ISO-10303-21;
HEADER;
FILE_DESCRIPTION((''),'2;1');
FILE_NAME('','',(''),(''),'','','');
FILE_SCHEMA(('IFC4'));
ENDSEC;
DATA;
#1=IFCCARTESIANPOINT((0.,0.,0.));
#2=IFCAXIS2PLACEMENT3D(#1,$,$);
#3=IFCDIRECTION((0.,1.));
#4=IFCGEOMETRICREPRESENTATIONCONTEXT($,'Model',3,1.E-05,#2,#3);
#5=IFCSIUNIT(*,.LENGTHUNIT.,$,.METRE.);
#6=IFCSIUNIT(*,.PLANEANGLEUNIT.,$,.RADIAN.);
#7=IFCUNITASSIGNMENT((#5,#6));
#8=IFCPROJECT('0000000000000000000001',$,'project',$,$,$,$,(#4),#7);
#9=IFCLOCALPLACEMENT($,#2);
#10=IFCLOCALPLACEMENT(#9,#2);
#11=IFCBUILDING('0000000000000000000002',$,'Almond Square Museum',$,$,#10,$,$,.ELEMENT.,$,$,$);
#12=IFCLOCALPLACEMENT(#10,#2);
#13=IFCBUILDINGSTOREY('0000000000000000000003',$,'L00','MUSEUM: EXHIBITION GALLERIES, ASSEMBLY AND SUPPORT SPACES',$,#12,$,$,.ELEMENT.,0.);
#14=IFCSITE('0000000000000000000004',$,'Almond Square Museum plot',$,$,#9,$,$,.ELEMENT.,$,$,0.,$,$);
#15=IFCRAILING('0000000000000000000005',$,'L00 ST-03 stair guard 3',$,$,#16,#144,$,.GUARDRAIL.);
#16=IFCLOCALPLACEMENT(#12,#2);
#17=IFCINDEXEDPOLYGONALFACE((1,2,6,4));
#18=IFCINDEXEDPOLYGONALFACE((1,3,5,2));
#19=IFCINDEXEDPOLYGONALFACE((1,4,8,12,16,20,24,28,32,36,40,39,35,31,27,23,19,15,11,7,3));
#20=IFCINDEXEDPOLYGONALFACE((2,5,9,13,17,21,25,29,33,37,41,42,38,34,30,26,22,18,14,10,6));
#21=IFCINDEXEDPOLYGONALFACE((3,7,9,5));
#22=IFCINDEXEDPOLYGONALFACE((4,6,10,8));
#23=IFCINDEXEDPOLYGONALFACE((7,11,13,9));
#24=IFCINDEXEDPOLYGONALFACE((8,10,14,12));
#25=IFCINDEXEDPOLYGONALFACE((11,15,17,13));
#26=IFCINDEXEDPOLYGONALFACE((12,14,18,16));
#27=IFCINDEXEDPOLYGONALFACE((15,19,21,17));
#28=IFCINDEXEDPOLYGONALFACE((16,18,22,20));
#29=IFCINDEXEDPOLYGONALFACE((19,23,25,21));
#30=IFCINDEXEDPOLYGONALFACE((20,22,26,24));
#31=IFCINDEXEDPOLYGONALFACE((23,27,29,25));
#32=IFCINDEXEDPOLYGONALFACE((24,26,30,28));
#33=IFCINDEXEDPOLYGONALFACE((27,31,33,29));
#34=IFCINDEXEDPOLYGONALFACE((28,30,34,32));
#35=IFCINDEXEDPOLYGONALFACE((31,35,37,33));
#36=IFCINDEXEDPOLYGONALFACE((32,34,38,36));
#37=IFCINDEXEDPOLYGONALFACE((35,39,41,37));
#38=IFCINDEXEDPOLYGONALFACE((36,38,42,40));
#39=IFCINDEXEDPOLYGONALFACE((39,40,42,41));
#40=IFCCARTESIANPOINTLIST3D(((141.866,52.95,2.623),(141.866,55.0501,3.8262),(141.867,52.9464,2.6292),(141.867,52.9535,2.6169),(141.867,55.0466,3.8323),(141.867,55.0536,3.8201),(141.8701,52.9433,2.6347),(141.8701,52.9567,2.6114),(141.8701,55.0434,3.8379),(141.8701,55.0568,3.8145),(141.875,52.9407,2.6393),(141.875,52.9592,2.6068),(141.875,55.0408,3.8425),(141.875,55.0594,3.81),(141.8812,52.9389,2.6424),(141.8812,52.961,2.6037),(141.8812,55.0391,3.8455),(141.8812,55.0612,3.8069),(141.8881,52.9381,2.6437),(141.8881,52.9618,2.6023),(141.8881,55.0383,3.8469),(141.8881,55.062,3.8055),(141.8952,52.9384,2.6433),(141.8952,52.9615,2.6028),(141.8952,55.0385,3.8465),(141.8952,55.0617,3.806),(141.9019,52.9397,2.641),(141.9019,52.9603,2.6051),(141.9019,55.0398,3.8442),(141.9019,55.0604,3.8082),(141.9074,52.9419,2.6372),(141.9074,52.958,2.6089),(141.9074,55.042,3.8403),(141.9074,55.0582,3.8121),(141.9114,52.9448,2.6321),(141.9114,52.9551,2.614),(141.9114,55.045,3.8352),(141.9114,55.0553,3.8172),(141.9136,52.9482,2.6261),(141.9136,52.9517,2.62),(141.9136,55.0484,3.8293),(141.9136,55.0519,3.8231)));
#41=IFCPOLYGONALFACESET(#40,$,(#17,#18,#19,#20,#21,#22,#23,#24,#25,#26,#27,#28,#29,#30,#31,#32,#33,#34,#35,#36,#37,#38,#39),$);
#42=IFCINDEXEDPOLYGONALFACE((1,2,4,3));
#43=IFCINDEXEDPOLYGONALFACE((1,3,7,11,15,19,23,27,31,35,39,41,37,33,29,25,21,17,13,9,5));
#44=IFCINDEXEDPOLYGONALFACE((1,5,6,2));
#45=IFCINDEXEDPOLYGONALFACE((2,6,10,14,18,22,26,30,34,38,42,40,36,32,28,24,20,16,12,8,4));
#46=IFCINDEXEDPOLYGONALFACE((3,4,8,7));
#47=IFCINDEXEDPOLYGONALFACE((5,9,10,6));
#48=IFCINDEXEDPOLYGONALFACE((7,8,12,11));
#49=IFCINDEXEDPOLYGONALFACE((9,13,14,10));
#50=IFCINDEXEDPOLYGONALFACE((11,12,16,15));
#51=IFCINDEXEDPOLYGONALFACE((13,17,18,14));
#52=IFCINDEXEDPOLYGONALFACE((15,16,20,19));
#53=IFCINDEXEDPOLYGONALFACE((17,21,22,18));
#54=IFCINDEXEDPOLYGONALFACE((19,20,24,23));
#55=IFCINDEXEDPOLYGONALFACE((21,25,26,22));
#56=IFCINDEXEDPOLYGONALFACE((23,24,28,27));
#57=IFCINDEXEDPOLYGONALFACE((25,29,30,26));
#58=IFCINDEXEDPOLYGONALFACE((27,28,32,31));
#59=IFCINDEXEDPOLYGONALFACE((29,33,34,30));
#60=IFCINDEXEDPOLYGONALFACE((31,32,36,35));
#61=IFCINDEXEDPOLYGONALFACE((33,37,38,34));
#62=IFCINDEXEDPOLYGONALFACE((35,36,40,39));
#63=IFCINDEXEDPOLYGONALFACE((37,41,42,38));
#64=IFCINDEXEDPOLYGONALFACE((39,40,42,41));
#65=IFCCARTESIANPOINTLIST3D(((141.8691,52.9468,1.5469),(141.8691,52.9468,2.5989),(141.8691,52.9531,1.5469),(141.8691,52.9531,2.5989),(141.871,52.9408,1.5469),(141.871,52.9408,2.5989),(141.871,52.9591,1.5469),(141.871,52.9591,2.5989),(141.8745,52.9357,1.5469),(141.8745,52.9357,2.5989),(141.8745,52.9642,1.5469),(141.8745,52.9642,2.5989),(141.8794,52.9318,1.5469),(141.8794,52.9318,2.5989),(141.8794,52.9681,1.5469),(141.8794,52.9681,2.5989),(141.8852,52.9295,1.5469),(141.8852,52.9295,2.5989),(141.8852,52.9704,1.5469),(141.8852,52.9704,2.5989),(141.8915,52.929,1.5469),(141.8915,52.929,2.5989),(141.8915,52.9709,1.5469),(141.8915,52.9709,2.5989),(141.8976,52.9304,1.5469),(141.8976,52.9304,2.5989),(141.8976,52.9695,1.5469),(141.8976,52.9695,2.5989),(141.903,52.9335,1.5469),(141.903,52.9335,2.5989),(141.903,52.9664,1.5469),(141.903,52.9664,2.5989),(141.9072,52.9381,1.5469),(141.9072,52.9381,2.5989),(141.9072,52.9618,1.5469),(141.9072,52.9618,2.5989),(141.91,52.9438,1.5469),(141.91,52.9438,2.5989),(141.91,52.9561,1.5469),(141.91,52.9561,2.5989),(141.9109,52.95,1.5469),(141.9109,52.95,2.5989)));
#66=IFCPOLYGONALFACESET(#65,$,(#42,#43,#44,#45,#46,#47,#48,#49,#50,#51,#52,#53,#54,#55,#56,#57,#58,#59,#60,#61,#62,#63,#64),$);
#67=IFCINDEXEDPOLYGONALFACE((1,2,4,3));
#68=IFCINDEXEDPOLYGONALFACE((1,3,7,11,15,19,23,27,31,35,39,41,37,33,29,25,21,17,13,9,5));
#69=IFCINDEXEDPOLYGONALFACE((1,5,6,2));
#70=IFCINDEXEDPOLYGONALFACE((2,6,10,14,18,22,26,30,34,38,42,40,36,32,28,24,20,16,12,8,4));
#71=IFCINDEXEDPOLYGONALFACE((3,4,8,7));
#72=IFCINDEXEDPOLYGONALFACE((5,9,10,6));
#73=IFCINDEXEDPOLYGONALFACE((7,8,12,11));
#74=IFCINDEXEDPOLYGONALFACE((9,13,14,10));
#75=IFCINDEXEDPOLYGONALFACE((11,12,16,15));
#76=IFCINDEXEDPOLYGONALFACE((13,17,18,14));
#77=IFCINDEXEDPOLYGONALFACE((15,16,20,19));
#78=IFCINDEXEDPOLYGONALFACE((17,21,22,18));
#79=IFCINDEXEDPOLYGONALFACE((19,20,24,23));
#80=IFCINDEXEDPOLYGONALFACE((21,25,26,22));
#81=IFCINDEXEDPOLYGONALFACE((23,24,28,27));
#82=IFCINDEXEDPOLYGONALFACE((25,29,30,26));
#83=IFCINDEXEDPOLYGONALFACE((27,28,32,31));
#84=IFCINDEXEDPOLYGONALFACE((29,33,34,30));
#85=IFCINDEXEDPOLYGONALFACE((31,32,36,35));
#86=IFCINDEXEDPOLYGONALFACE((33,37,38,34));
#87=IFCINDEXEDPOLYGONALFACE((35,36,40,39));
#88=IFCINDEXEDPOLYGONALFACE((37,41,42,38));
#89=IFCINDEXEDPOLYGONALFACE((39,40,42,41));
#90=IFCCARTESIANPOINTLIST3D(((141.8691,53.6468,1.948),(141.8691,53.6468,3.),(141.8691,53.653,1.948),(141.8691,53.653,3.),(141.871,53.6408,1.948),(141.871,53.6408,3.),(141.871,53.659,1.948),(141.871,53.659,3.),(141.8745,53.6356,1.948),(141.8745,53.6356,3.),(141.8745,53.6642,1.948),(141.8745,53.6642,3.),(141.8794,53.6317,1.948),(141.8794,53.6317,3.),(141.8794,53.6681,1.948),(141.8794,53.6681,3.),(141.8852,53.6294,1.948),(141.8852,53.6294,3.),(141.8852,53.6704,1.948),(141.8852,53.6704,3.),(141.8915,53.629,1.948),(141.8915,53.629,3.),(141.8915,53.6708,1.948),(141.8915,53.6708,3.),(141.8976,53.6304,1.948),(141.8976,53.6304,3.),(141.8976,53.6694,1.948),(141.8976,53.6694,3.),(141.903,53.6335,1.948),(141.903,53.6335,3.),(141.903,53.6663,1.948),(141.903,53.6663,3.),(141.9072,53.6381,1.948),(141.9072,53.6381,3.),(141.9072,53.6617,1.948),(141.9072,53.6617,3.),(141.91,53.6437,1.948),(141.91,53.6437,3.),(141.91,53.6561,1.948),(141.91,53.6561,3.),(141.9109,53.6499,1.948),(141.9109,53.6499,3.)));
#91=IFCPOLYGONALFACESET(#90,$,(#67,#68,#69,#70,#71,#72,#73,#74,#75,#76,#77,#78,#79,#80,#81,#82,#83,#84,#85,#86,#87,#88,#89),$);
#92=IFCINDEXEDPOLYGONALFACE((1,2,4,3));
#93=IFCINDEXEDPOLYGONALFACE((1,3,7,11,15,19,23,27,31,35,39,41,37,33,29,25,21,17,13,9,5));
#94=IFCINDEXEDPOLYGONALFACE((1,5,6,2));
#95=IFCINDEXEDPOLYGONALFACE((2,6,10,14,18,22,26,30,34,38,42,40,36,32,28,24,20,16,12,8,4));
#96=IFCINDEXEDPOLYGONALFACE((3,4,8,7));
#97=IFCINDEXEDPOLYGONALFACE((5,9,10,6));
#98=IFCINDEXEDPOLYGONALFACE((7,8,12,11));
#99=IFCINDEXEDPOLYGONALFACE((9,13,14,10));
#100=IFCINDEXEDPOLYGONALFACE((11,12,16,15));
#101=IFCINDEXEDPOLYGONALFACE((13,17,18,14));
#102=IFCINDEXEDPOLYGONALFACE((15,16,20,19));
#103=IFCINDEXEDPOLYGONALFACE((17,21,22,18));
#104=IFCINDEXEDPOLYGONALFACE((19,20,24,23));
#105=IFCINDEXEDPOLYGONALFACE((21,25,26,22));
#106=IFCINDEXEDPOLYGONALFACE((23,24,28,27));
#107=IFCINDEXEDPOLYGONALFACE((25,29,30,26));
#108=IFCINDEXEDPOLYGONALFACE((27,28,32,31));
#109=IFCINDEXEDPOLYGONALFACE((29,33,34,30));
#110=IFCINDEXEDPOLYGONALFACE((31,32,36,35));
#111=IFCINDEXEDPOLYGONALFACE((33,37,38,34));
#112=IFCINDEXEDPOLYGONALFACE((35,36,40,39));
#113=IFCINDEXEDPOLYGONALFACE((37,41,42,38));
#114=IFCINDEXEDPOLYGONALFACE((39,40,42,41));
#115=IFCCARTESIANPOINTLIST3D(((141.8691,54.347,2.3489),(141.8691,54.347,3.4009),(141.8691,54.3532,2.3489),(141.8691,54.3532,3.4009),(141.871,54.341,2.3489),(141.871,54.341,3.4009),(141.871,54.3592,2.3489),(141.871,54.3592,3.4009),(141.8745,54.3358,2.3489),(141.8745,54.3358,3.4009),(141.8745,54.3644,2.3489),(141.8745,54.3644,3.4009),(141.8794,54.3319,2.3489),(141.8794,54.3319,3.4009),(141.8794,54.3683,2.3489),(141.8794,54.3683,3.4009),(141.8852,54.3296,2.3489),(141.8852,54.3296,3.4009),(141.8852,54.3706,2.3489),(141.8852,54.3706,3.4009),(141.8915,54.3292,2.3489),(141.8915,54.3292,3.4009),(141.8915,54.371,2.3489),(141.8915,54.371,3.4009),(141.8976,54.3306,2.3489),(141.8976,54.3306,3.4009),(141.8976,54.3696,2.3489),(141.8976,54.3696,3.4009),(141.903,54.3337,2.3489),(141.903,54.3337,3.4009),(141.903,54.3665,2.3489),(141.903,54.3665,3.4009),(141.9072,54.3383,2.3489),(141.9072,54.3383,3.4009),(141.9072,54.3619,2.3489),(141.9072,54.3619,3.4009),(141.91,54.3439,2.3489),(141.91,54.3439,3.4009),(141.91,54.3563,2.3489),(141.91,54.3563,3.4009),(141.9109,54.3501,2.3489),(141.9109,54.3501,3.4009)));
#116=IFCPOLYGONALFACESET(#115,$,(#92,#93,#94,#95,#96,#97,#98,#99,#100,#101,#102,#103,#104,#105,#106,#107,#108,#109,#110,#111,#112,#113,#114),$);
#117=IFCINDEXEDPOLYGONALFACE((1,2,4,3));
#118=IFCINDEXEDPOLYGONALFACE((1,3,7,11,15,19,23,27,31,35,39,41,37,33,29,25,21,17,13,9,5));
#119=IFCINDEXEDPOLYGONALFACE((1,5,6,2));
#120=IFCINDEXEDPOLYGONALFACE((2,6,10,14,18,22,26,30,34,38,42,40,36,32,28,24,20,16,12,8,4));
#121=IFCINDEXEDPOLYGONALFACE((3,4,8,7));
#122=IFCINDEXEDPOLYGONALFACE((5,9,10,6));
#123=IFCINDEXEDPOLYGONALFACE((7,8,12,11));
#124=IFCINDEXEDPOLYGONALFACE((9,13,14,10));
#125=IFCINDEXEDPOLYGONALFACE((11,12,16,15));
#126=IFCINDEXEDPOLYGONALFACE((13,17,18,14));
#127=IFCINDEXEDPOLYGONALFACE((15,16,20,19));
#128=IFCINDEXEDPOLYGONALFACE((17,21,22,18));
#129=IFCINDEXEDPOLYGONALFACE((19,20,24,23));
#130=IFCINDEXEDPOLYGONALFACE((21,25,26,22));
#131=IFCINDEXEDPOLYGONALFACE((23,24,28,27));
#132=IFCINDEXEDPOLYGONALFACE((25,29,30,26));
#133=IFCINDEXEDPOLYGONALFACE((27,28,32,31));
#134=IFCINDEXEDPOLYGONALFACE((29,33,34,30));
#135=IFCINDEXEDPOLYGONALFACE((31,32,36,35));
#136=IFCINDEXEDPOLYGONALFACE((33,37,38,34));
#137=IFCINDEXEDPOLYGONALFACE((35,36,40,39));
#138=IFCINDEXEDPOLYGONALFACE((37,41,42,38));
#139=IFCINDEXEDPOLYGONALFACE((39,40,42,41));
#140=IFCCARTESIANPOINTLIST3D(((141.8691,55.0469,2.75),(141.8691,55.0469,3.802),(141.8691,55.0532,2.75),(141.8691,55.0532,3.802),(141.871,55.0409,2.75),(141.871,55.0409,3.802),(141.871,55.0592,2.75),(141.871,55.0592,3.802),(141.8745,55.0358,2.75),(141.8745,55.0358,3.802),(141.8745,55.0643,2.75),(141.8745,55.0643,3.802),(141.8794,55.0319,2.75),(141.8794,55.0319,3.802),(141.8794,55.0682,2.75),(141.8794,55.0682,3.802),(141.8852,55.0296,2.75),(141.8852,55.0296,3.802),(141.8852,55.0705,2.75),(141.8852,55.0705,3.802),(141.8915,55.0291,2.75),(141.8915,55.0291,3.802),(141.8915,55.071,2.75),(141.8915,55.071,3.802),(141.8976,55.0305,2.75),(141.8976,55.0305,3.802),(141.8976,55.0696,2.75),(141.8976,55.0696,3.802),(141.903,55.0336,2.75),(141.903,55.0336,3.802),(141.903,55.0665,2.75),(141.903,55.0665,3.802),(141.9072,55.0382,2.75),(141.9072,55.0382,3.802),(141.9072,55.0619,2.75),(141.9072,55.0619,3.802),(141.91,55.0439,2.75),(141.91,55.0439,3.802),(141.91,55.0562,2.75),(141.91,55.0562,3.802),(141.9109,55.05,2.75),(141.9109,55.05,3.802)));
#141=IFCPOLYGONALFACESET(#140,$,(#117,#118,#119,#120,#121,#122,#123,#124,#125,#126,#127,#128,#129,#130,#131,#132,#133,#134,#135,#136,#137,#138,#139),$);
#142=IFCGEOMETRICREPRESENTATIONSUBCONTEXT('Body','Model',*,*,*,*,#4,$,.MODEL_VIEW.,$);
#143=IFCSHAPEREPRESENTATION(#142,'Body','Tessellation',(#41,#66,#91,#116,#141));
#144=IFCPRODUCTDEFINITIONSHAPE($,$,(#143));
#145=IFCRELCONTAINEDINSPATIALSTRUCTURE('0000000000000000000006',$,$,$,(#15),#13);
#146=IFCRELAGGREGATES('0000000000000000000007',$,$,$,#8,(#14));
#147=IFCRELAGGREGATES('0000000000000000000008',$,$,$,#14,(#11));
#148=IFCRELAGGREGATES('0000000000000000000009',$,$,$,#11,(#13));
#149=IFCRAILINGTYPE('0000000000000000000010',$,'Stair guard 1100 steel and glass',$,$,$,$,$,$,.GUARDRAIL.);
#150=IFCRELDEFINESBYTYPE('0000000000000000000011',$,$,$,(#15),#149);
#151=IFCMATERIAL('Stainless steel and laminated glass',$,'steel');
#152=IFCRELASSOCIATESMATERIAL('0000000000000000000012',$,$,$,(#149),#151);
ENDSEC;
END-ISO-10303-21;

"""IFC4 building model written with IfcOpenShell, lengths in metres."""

from ifc_helpers import new_model, si_unit, direction, frame, origin, origin_2d, place, context, subcontext, project, spatial, circle, extrude, material, type_object, element, save


model = new_model("IFC4")

# Units and contexts
model_context = context("Model", 3, precision=1e-05, world=origin(), true_north=direction((0.0, 1.0)))
body_context = subcontext(model_context, "Body", "Model", "MODEL_VIEW")
ifc_project = project(units=[si_unit("LENGTHUNIT", "METRE"), si_unit("PLANEANGLEUNIT", "RADIAN")], contexts=[model_context])

# Site, building, storey
site_placement = place(None, origin())
site = spatial("IfcSite", under=ifc_project, at=site_placement, Name="Almond Square Museum plot", CompositionType="ELEMENT", RefElevation=0.0)
building_placement = place(site_placement, origin())
building = spatial("IfcBuilding", under=site, at=building_placement, Name="Almond Square Museum", CompositionType="ELEMENT")
storey_placement = place(building_placement, origin())
storey = spatial("IfcBuildingStorey", under=building, at=storey_placement, Name="L00", Description="MUSEUM: EXHIBITION GALLERIES, ASSEMBLY AND SUPPORT SPACES", CompositionType="ELEMENT", Elevation=0.0)

# Railing
ifc_material_1 = material(Name="Stainless steel and laminated glass", Category="steel")
railing_type_1 = type_object("IfcRailingType", Name="Stair guard 1100 steel and glass", PredefinedType="GUARDRAIL", material=ifc_material_1)
railing_1_placement = place(storey_placement, frame((141.8899, 52.95, 1.5469)))
element("IfcRailing", 1, at=railing_1_placement, inside=storey, type_object=railing_type_1, Name="L00 ST-03 stair guard 3", PredefinedType="GUARDRAIL", context=body_context, shape_type="SweptSolid", body=[
    extrude(circle(Radius=0.0239, at=origin_2d()), frame((0.0, 0.0, 1.0762), z_axis=(0.0, 0.867696, 0.497095), x_axis=(-1.0, 0.0, 0.0)), (0.0, 0.0, 1.0), 2.4204),
    extrude(circle(Radius=0.021, at=origin_2d()), origin(), (0.0, 0.0, 1.0), 1.052),
    extrude(circle(Radius=0.021, at=origin_2d()), frame((0.0, 0.7, 0.4011)), (0.0, 0.0, 1.0), 1.052),
    extrude(circle(Radius=0.021, at=origin_2d()), frame((0.0, 1.4001, 0.802)), (0.0, 0.0, 1.0), 1.052),
    extrude(circle(Radius=0.021, at=origin_2d()), frame((0.0, 2.1001, 1.2031)), (0.0, 0.0, 1.0), 1.052),
])

save(model, "model.ifc")
